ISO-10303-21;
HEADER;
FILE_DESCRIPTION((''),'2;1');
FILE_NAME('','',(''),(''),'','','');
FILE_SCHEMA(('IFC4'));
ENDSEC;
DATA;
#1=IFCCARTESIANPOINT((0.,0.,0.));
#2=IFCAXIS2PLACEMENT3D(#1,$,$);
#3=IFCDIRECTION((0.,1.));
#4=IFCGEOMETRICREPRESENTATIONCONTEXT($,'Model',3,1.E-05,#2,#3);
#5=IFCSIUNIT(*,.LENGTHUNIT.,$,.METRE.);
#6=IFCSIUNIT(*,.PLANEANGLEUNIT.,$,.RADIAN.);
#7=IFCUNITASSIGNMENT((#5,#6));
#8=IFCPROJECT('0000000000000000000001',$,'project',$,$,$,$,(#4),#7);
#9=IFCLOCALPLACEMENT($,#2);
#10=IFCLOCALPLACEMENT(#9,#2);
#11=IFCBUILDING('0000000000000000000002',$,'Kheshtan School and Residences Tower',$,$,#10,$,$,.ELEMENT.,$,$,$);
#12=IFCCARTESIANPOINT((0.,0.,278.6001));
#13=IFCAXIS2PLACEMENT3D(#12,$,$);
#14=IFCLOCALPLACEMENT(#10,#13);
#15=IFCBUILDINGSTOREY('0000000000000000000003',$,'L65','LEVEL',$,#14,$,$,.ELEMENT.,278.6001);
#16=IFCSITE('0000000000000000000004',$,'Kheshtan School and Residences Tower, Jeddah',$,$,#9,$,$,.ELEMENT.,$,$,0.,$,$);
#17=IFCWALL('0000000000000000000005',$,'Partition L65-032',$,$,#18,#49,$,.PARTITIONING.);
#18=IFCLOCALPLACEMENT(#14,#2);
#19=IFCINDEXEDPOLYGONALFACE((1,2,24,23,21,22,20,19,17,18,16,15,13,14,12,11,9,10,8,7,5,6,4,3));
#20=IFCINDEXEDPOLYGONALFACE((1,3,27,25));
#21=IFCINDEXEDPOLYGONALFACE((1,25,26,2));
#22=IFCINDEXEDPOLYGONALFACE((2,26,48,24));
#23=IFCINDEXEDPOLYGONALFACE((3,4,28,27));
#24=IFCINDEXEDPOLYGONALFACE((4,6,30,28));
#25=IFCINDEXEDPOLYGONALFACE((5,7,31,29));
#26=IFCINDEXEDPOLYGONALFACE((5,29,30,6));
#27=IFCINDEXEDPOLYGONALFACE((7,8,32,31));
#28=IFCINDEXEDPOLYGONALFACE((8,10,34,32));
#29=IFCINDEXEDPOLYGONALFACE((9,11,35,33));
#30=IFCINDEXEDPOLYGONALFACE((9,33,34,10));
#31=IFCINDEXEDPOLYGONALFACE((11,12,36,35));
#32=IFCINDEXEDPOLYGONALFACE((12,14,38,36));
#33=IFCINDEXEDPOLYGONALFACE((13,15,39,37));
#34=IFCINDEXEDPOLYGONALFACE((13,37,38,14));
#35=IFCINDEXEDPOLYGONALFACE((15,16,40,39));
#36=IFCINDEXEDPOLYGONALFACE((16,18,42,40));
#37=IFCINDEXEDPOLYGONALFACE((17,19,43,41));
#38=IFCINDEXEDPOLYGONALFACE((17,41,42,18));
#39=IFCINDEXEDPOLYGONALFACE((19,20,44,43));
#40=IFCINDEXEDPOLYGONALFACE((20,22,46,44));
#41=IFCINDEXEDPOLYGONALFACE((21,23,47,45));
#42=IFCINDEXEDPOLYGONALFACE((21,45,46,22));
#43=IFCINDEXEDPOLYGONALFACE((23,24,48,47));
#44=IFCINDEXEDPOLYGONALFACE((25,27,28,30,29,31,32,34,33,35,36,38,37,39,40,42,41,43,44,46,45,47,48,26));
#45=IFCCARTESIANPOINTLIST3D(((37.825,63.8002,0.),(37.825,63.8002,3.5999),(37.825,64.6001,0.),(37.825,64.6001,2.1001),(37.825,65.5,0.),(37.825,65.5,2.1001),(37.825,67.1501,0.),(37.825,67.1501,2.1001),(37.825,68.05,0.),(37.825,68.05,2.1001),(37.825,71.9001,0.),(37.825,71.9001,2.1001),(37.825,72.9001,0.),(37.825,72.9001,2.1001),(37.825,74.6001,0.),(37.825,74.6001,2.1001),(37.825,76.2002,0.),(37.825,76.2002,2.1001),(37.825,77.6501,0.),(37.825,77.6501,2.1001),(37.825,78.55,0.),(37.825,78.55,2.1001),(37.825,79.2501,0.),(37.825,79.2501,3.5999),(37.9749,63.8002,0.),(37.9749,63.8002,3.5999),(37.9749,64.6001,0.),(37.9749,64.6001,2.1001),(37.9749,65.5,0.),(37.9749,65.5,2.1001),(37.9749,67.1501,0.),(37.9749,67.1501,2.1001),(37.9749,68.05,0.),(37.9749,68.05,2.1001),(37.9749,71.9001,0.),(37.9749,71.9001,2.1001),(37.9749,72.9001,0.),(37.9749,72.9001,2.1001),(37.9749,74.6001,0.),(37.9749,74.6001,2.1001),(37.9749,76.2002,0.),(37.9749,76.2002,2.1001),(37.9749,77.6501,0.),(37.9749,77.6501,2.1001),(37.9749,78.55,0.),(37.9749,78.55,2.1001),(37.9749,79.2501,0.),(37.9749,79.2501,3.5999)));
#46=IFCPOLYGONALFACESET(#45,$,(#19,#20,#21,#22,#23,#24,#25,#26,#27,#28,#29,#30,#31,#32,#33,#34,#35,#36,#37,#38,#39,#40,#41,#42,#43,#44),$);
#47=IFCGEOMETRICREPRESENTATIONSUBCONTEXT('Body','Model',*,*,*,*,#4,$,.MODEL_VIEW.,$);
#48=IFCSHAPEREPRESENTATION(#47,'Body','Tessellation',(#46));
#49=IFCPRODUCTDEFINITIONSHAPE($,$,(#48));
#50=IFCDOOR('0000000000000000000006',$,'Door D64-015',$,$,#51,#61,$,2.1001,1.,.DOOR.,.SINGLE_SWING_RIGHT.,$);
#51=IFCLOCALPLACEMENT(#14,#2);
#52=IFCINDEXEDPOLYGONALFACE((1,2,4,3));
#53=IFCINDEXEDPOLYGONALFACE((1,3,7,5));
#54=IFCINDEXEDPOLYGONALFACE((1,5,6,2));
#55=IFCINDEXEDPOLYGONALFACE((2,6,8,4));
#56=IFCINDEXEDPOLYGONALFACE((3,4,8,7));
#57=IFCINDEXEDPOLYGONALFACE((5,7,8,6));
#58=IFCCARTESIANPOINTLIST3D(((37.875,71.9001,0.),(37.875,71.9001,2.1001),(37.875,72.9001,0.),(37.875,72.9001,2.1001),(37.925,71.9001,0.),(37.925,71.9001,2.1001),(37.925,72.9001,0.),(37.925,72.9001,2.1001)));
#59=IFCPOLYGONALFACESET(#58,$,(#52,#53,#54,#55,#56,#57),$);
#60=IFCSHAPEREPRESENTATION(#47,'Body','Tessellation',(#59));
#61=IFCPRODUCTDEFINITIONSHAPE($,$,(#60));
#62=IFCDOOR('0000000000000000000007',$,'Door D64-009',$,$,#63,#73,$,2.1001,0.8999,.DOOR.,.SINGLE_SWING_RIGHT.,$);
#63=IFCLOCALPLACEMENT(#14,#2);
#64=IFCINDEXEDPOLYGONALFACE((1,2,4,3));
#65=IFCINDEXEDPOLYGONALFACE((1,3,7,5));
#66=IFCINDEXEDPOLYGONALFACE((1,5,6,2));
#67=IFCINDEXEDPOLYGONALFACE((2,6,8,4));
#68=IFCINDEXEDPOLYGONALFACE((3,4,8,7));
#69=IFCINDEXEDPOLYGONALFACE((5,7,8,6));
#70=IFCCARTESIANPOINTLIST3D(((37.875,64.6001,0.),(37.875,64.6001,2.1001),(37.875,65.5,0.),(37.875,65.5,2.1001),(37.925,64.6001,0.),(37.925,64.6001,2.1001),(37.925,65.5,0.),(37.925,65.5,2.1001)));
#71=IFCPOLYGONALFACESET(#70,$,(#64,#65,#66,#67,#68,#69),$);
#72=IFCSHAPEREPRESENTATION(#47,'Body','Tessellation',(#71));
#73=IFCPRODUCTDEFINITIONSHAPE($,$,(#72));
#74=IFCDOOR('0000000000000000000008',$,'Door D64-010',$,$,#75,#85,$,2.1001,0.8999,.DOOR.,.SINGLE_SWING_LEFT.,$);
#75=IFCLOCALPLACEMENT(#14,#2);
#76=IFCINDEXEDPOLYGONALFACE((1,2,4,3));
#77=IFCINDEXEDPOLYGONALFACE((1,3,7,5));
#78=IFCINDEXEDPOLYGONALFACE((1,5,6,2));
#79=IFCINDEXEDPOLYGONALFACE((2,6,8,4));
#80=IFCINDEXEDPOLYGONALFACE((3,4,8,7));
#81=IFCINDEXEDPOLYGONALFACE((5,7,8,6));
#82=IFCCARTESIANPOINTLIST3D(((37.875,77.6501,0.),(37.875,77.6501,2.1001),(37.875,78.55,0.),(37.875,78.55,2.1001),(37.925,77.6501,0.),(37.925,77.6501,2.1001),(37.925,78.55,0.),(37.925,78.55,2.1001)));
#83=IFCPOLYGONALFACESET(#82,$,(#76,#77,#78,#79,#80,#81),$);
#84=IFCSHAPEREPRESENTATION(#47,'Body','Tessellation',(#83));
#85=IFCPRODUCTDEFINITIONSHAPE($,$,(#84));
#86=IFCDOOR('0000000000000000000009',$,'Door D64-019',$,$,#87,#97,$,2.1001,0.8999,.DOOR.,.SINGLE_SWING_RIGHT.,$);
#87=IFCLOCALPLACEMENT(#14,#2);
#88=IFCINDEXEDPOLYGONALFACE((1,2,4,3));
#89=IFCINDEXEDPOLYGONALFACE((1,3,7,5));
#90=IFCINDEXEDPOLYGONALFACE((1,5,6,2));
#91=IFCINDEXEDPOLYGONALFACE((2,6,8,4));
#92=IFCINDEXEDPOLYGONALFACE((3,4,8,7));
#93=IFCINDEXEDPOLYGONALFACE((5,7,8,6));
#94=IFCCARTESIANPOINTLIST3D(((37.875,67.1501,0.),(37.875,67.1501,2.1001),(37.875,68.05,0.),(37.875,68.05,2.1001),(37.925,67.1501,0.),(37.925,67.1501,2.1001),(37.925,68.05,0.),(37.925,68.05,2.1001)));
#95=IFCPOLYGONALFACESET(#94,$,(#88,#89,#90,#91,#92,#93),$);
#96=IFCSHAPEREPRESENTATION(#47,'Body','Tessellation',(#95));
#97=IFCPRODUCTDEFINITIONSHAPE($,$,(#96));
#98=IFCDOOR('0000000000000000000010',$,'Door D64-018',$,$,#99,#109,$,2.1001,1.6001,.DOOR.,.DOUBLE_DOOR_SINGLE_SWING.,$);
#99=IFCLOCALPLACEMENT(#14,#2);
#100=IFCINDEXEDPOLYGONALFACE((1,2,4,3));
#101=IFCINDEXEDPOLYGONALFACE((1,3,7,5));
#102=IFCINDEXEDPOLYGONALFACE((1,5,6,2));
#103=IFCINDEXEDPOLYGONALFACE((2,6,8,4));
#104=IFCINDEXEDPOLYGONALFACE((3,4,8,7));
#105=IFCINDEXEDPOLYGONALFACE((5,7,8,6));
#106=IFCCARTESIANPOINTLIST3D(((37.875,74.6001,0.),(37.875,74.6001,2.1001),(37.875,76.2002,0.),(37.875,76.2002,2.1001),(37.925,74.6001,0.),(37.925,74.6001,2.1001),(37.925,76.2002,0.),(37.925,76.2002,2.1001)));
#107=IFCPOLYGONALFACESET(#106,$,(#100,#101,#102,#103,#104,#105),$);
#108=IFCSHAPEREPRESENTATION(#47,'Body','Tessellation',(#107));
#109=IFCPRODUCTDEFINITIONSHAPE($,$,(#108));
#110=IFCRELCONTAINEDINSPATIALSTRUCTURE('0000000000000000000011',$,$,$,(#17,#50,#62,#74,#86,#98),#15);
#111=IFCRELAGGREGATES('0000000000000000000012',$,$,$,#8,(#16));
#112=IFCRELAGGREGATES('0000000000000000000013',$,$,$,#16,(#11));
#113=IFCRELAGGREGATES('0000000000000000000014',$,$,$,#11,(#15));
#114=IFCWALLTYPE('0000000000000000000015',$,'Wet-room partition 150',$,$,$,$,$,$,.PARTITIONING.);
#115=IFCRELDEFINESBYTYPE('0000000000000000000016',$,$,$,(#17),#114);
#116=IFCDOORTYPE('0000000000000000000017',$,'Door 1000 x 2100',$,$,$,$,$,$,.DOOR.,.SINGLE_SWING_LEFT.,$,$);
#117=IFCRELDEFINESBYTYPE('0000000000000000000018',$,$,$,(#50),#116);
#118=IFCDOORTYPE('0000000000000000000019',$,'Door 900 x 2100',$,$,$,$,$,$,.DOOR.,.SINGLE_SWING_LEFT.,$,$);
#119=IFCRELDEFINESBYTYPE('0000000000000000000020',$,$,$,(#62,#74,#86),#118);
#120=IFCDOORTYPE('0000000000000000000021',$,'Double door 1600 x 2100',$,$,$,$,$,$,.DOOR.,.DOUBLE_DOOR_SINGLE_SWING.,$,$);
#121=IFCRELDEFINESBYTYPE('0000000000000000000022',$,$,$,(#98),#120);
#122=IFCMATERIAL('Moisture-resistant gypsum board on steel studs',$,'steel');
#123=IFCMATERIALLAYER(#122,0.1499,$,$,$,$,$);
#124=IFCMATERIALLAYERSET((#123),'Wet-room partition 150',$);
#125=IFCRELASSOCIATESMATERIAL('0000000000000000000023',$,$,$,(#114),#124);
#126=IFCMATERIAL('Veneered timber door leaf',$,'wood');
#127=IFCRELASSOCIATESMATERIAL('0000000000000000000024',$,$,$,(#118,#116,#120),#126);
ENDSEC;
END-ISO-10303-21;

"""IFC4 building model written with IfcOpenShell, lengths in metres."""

from ifc_helpers import new_model, si_unit, direction, frame, frame_2d, origin, place, context, subcontext, project, spatial, rectangle, extrude, source, transform, mapped, material, layer, layer_set, type_object, element, fill, save


model = new_model("IFC4")

# Units and contexts
model_context = context("Model", 3, precision=1e-05, world=origin(), true_north=direction((0.0, 1.0)))
body_context = subcontext(model_context, "Body", "Model", "MODEL_VIEW")
ifc_project = project(units=[si_unit("LENGTHUNIT", "METRE"), si_unit("PLANEANGLEUNIT", "RADIAN")], contexts=[model_context])

# Site, building, storey
site_placement = place(None, origin())
site = spatial("IfcSite", under=ifc_project, at=site_placement, Name="Kheshtan School and Residences Tower, Jeddah", CompositionType="ELEMENT", RefElevation=0.0)
building_placement = place(site_placement, origin())
building = spatial("IfcBuilding", under=site, at=building_placement, Name="Kheshtan School and Residences Tower", CompositionType="ELEMENT")
storey_placement = place(building_placement, frame((0.0, 0.0, 278.6001)))
storey = spatial("IfcBuildingStorey", under=building, at=storey_placement, Name="L65", Description="LEVEL", CompositionType="ELEMENT", Elevation=278.6001)

# Wall, openings, doors
ifc_material_1 = material(Name="Moisture-resistant gypsum board on steel studs", Category="steel")
ifc_layer_1 = layer(ifc_material_1, 0.1499)
ifc_layer_set_1 = layer_set([ifc_layer_1], Name="Wet-room partition 150")
wall_type_1 = type_object("IfcWallType", Name="Wet-room partition 150", PredefinedType="PARTITIONING", material=ifc_layer_set_1)
ifc_material_2 = material(Name="Veneered timber door leaf", Category="wood")
door_type_1 = type_object("IfcDoorType", Name="Door 900 x 2100", OperationType="SINGLE_SWING_LEFT", PredefinedType="DOOR", material=ifc_material_2)
shared_shape_1 = source(origin(), body_context, "Body", "SweptSolid", [
    extrude(rectangle(XDim=0.8999, YDim=2.1001, at=frame_2d((0.45, 1.05))), frame((0.0, 0.0249, 0.0), z_axis=(0.0, -1.0, 0.0), x_axis=(1.0, 0.0, 0.0)), (0.0, 0.0, 1.0), 0.05),
])
wall_1_placement = place(storey_placement, frame((37.8999, 63.8, 0.0), z_axis=(0.0, 0.0, 1.0), x_axis=(0.0, 1.0, 0.0)))
wall_1 = element("IfcWall", 1, at=wall_1_placement, inside=storey, type_object=wall_type_1, Name="Partition L65-032", PredefinedType="PARTITIONING", context=body_context, shape_type="SweptSolid", body=[
    extrude(rectangle(XDim=15.45, YDim=0.1499, at=frame_2d((7.7251, 0.0))), origin(), (0.0, 0.0, 1.0), 3.5999),
])
opening_1_placement = place(wall_1_placement, frame((0.8, 0.0, 0.0)))
opening_1 = element("IfcOpeningElement", 2, at=opening_1_placement, cuts=wall_1, PredefinedType="OPENING", context=body_context, shape_type="SweptSolid", body=[
    extrude(rectangle(XDim=0.8999, YDim=2.1001, at=frame_2d((0.45, 1.05))), frame((0.0, 0.085, 0.0), z_axis=(0.0, -1.0, 0.0), x_axis=(1.0, 0.0, 0.0)), (0.0, 0.0, 1.0), 0.1699),
])
opening_2_placement = place(wall_1_placement, frame((13.8501, 0.0, 0.0)))
opening_2 = element("IfcOpeningElement", 3, at=opening_2_placement, cuts=wall_1, PredefinedType="OPENING", context=body_context, shape_type="SweptSolid", body=[
    extrude(rectangle(XDim=0.8999, YDim=2.1001, at=frame_2d((0.45, 1.05))), frame((0.0, 0.085, 0.0), z_axis=(0.0, -1.0, 0.0), x_axis=(1.0, 0.0, 0.0)), (0.0, 0.0, 1.0), 0.1699),
])
opening_3_placement = place(wall_1_placement, frame((8.1001, 0.0, 0.0)))
opening_3 = element("IfcOpeningElement", 4, at=opening_3_placement, cuts=wall_1, PredefinedType="OPENING", context=body_context, shape_type="SweptSolid", body=[
    extrude(rectangle(XDim=1.0, YDim=2.1001, at=frame_2d((0.5, 1.05))), frame((0.0, 0.085, 0.0), z_axis=(0.0, -1.0, 0.0), x_axis=(1.0, 0.0, 0.0)), (0.0, 0.0, 1.0), 0.1699),
])
opening_4_placement = place(wall_1_placement, frame((10.8, 0.0, 0.0)))
opening_4 = element("IfcOpeningElement", 5, at=opening_4_placement, cuts=wall_1, PredefinedType="OPENING", context=body_context, shape_type="SweptSolid", body=[
    extrude(rectangle(XDim=1.6001, YDim=2.1001, at=frame_2d((0.8, 1.05))), frame((0.0, 0.085, 0.0), z_axis=(0.0, -1.0, 0.0), x_axis=(1.0, 0.0, 0.0)), (0.0, 0.0, 1.0), 0.1699),
])
opening_5_placement = place(wall_1_placement, frame((3.3501, 0.0, 0.0)))
opening_5 = element("IfcOpeningElement", 6, at=opening_5_placement, cuts=wall_1, PredefinedType="OPENING", context=body_context, shape_type="SweptSolid", body=[
    extrude(rectangle(XDim=0.8999, YDim=2.1001, at=frame_2d((0.45, 1.05))), frame((0.0, 0.085, 0.0), z_axis=(0.0, -1.0, 0.0), x_axis=(1.0, 0.0, 0.0)), (0.0, 0.0, 1.0), 0.1699),
])
door_type_2 = type_object("IfcDoorType", Name="Door 1000 x 2100", OperationType="SINGLE_SWING_LEFT", PredefinedType="DOOR", material=ifc_material_2)
shared_shape_2 = source(origin(), body_context, "Body", "SweptSolid", [
    extrude(rectangle(XDim=1.0, YDim=2.1001, at=frame_2d((0.5, 1.05))), frame((0.0, 0.0249, 0.0), z_axis=(0.0, -1.0, 0.0), x_axis=(1.0, 0.0, 0.0)), (0.0, 0.0, 1.0), 0.05),
])
door_1_placement = place(opening_3_placement, origin())
door_1 = element("IfcDoor", 7, at=door_1_placement, inside=storey, type_object=door_type_2, Name="Door D64-015", OperationType="SINGLE_SWING_RIGHT", OverallHeight=2.1001, OverallWidth=1.0, PredefinedType="DOOR", context=body_context, shape_type="MappedRepresentation", body=[
    mapped(shared_shape_2, transform((0.0, 0.0, 0.0), x_axis=(1.0, 0.0, 0.0), y_axis=(0.0, 1.0, 0.0), z_axis=(0.0, 0.0, 1.0), scale=1.0)),
])
fill(opening_3, door_1)
door_2_placement = place(opening_1_placement, origin())
door_2 = element("IfcDoor", 8, at=door_2_placement, inside=storey, type_object=door_type_1, Name="Door D64-009", OperationType="SINGLE_SWING_RIGHT", OverallHeight=2.1001, OverallWidth=0.8999, PredefinedType="DOOR", context=body_context, shape_type="MappedRepresentation", body=[
    mapped(shared_shape_1, transform((0.0, 0.0, 0.0), x_axis=(1.0, 0.0, 0.0), y_axis=(0.0, 1.0, 0.0), z_axis=(0.0, 0.0, 1.0), scale=1.0)),
])
fill(opening_1, door_2)
door_3_placement = place(opening_2_placement, origin())
door_3 = element("IfcDoor", 9, at=door_3_placement, inside=storey, type_object=door_type_1, Name="Door D64-010", OperationType="SINGLE_SWING_LEFT", OverallHeight=2.1001, OverallWidth=0.8999, PredefinedType="DOOR", context=body_context, shape_type="MappedRepresentation", body=[
    mapped(shared_shape_1, transform((0.0, 0.0, 0.0), x_axis=(1.0, 0.0, 0.0), y_axis=(0.0, 1.0, 0.0), z_axis=(0.0, 0.0, 1.0), scale=1.0)),
])
fill(opening_2, door_3)
door_4_placement = place(opening_5_placement, origin())
door_4 = element("IfcDoor", 10, at=door_4_placement, inside=storey, type_object=door_type_1, Name="Door D64-019", OperationType="SINGLE_SWING_RIGHT", OverallHeight=2.1001, OverallWidth=0.8999, PredefinedType="DOOR", context=body_context, shape_type="MappedRepresentation", body=[
    mapped(shared_shape_1, transform((0.0, 0.0, 0.0), x_axis=(1.0, 0.0, 0.0), y_axis=(0.0, 1.0, 0.0), z_axis=(0.0, 0.0, 1.0), scale=1.0)),
])
fill(opening_5, door_4)
door_type_3 = type_object("IfcDoorType", Name="Double door 1600 x 2100", OperationType="DOUBLE_DOOR_SINGLE_SWING", PredefinedType="DOOR", material=ifc_material_2)
shared_shape_3 = source(origin(), body_context, "Body", "SweptSolid", [
    extrude(rectangle(XDim=1.6001, YDim=2.1001, at=frame_2d((0.8, 1.05))), frame((0.0, 0.0249, 0.0), z_axis=(0.0, -1.0, 0.0), x_axis=(1.0, 0.0, 0.0)), (0.0, 0.0, 1.0), 0.05),
])
door_5_placement = place(opening_4_placement, origin())
door_5 = element("IfcDoor", 11, at=door_5_placement, inside=storey, type_object=door_type_3, Name="Door D64-018", OperationType="DOUBLE_DOOR_SINGLE_SWING", OverallHeight=2.1001, OverallWidth=1.6001, PredefinedType="DOOR", context=body_context, shape_type="MappedRepresentation", body=[
    mapped(shared_shape_3, transform((0.0, 0.0, 0.0), x_axis=(1.0, 0.0, 0.0), y_axis=(0.0, 1.0, 0.0), z_axis=(0.0, 0.0, 1.0), scale=1.0)),
])
fill(opening_4, door_5)

save(model, "model.ifc")
